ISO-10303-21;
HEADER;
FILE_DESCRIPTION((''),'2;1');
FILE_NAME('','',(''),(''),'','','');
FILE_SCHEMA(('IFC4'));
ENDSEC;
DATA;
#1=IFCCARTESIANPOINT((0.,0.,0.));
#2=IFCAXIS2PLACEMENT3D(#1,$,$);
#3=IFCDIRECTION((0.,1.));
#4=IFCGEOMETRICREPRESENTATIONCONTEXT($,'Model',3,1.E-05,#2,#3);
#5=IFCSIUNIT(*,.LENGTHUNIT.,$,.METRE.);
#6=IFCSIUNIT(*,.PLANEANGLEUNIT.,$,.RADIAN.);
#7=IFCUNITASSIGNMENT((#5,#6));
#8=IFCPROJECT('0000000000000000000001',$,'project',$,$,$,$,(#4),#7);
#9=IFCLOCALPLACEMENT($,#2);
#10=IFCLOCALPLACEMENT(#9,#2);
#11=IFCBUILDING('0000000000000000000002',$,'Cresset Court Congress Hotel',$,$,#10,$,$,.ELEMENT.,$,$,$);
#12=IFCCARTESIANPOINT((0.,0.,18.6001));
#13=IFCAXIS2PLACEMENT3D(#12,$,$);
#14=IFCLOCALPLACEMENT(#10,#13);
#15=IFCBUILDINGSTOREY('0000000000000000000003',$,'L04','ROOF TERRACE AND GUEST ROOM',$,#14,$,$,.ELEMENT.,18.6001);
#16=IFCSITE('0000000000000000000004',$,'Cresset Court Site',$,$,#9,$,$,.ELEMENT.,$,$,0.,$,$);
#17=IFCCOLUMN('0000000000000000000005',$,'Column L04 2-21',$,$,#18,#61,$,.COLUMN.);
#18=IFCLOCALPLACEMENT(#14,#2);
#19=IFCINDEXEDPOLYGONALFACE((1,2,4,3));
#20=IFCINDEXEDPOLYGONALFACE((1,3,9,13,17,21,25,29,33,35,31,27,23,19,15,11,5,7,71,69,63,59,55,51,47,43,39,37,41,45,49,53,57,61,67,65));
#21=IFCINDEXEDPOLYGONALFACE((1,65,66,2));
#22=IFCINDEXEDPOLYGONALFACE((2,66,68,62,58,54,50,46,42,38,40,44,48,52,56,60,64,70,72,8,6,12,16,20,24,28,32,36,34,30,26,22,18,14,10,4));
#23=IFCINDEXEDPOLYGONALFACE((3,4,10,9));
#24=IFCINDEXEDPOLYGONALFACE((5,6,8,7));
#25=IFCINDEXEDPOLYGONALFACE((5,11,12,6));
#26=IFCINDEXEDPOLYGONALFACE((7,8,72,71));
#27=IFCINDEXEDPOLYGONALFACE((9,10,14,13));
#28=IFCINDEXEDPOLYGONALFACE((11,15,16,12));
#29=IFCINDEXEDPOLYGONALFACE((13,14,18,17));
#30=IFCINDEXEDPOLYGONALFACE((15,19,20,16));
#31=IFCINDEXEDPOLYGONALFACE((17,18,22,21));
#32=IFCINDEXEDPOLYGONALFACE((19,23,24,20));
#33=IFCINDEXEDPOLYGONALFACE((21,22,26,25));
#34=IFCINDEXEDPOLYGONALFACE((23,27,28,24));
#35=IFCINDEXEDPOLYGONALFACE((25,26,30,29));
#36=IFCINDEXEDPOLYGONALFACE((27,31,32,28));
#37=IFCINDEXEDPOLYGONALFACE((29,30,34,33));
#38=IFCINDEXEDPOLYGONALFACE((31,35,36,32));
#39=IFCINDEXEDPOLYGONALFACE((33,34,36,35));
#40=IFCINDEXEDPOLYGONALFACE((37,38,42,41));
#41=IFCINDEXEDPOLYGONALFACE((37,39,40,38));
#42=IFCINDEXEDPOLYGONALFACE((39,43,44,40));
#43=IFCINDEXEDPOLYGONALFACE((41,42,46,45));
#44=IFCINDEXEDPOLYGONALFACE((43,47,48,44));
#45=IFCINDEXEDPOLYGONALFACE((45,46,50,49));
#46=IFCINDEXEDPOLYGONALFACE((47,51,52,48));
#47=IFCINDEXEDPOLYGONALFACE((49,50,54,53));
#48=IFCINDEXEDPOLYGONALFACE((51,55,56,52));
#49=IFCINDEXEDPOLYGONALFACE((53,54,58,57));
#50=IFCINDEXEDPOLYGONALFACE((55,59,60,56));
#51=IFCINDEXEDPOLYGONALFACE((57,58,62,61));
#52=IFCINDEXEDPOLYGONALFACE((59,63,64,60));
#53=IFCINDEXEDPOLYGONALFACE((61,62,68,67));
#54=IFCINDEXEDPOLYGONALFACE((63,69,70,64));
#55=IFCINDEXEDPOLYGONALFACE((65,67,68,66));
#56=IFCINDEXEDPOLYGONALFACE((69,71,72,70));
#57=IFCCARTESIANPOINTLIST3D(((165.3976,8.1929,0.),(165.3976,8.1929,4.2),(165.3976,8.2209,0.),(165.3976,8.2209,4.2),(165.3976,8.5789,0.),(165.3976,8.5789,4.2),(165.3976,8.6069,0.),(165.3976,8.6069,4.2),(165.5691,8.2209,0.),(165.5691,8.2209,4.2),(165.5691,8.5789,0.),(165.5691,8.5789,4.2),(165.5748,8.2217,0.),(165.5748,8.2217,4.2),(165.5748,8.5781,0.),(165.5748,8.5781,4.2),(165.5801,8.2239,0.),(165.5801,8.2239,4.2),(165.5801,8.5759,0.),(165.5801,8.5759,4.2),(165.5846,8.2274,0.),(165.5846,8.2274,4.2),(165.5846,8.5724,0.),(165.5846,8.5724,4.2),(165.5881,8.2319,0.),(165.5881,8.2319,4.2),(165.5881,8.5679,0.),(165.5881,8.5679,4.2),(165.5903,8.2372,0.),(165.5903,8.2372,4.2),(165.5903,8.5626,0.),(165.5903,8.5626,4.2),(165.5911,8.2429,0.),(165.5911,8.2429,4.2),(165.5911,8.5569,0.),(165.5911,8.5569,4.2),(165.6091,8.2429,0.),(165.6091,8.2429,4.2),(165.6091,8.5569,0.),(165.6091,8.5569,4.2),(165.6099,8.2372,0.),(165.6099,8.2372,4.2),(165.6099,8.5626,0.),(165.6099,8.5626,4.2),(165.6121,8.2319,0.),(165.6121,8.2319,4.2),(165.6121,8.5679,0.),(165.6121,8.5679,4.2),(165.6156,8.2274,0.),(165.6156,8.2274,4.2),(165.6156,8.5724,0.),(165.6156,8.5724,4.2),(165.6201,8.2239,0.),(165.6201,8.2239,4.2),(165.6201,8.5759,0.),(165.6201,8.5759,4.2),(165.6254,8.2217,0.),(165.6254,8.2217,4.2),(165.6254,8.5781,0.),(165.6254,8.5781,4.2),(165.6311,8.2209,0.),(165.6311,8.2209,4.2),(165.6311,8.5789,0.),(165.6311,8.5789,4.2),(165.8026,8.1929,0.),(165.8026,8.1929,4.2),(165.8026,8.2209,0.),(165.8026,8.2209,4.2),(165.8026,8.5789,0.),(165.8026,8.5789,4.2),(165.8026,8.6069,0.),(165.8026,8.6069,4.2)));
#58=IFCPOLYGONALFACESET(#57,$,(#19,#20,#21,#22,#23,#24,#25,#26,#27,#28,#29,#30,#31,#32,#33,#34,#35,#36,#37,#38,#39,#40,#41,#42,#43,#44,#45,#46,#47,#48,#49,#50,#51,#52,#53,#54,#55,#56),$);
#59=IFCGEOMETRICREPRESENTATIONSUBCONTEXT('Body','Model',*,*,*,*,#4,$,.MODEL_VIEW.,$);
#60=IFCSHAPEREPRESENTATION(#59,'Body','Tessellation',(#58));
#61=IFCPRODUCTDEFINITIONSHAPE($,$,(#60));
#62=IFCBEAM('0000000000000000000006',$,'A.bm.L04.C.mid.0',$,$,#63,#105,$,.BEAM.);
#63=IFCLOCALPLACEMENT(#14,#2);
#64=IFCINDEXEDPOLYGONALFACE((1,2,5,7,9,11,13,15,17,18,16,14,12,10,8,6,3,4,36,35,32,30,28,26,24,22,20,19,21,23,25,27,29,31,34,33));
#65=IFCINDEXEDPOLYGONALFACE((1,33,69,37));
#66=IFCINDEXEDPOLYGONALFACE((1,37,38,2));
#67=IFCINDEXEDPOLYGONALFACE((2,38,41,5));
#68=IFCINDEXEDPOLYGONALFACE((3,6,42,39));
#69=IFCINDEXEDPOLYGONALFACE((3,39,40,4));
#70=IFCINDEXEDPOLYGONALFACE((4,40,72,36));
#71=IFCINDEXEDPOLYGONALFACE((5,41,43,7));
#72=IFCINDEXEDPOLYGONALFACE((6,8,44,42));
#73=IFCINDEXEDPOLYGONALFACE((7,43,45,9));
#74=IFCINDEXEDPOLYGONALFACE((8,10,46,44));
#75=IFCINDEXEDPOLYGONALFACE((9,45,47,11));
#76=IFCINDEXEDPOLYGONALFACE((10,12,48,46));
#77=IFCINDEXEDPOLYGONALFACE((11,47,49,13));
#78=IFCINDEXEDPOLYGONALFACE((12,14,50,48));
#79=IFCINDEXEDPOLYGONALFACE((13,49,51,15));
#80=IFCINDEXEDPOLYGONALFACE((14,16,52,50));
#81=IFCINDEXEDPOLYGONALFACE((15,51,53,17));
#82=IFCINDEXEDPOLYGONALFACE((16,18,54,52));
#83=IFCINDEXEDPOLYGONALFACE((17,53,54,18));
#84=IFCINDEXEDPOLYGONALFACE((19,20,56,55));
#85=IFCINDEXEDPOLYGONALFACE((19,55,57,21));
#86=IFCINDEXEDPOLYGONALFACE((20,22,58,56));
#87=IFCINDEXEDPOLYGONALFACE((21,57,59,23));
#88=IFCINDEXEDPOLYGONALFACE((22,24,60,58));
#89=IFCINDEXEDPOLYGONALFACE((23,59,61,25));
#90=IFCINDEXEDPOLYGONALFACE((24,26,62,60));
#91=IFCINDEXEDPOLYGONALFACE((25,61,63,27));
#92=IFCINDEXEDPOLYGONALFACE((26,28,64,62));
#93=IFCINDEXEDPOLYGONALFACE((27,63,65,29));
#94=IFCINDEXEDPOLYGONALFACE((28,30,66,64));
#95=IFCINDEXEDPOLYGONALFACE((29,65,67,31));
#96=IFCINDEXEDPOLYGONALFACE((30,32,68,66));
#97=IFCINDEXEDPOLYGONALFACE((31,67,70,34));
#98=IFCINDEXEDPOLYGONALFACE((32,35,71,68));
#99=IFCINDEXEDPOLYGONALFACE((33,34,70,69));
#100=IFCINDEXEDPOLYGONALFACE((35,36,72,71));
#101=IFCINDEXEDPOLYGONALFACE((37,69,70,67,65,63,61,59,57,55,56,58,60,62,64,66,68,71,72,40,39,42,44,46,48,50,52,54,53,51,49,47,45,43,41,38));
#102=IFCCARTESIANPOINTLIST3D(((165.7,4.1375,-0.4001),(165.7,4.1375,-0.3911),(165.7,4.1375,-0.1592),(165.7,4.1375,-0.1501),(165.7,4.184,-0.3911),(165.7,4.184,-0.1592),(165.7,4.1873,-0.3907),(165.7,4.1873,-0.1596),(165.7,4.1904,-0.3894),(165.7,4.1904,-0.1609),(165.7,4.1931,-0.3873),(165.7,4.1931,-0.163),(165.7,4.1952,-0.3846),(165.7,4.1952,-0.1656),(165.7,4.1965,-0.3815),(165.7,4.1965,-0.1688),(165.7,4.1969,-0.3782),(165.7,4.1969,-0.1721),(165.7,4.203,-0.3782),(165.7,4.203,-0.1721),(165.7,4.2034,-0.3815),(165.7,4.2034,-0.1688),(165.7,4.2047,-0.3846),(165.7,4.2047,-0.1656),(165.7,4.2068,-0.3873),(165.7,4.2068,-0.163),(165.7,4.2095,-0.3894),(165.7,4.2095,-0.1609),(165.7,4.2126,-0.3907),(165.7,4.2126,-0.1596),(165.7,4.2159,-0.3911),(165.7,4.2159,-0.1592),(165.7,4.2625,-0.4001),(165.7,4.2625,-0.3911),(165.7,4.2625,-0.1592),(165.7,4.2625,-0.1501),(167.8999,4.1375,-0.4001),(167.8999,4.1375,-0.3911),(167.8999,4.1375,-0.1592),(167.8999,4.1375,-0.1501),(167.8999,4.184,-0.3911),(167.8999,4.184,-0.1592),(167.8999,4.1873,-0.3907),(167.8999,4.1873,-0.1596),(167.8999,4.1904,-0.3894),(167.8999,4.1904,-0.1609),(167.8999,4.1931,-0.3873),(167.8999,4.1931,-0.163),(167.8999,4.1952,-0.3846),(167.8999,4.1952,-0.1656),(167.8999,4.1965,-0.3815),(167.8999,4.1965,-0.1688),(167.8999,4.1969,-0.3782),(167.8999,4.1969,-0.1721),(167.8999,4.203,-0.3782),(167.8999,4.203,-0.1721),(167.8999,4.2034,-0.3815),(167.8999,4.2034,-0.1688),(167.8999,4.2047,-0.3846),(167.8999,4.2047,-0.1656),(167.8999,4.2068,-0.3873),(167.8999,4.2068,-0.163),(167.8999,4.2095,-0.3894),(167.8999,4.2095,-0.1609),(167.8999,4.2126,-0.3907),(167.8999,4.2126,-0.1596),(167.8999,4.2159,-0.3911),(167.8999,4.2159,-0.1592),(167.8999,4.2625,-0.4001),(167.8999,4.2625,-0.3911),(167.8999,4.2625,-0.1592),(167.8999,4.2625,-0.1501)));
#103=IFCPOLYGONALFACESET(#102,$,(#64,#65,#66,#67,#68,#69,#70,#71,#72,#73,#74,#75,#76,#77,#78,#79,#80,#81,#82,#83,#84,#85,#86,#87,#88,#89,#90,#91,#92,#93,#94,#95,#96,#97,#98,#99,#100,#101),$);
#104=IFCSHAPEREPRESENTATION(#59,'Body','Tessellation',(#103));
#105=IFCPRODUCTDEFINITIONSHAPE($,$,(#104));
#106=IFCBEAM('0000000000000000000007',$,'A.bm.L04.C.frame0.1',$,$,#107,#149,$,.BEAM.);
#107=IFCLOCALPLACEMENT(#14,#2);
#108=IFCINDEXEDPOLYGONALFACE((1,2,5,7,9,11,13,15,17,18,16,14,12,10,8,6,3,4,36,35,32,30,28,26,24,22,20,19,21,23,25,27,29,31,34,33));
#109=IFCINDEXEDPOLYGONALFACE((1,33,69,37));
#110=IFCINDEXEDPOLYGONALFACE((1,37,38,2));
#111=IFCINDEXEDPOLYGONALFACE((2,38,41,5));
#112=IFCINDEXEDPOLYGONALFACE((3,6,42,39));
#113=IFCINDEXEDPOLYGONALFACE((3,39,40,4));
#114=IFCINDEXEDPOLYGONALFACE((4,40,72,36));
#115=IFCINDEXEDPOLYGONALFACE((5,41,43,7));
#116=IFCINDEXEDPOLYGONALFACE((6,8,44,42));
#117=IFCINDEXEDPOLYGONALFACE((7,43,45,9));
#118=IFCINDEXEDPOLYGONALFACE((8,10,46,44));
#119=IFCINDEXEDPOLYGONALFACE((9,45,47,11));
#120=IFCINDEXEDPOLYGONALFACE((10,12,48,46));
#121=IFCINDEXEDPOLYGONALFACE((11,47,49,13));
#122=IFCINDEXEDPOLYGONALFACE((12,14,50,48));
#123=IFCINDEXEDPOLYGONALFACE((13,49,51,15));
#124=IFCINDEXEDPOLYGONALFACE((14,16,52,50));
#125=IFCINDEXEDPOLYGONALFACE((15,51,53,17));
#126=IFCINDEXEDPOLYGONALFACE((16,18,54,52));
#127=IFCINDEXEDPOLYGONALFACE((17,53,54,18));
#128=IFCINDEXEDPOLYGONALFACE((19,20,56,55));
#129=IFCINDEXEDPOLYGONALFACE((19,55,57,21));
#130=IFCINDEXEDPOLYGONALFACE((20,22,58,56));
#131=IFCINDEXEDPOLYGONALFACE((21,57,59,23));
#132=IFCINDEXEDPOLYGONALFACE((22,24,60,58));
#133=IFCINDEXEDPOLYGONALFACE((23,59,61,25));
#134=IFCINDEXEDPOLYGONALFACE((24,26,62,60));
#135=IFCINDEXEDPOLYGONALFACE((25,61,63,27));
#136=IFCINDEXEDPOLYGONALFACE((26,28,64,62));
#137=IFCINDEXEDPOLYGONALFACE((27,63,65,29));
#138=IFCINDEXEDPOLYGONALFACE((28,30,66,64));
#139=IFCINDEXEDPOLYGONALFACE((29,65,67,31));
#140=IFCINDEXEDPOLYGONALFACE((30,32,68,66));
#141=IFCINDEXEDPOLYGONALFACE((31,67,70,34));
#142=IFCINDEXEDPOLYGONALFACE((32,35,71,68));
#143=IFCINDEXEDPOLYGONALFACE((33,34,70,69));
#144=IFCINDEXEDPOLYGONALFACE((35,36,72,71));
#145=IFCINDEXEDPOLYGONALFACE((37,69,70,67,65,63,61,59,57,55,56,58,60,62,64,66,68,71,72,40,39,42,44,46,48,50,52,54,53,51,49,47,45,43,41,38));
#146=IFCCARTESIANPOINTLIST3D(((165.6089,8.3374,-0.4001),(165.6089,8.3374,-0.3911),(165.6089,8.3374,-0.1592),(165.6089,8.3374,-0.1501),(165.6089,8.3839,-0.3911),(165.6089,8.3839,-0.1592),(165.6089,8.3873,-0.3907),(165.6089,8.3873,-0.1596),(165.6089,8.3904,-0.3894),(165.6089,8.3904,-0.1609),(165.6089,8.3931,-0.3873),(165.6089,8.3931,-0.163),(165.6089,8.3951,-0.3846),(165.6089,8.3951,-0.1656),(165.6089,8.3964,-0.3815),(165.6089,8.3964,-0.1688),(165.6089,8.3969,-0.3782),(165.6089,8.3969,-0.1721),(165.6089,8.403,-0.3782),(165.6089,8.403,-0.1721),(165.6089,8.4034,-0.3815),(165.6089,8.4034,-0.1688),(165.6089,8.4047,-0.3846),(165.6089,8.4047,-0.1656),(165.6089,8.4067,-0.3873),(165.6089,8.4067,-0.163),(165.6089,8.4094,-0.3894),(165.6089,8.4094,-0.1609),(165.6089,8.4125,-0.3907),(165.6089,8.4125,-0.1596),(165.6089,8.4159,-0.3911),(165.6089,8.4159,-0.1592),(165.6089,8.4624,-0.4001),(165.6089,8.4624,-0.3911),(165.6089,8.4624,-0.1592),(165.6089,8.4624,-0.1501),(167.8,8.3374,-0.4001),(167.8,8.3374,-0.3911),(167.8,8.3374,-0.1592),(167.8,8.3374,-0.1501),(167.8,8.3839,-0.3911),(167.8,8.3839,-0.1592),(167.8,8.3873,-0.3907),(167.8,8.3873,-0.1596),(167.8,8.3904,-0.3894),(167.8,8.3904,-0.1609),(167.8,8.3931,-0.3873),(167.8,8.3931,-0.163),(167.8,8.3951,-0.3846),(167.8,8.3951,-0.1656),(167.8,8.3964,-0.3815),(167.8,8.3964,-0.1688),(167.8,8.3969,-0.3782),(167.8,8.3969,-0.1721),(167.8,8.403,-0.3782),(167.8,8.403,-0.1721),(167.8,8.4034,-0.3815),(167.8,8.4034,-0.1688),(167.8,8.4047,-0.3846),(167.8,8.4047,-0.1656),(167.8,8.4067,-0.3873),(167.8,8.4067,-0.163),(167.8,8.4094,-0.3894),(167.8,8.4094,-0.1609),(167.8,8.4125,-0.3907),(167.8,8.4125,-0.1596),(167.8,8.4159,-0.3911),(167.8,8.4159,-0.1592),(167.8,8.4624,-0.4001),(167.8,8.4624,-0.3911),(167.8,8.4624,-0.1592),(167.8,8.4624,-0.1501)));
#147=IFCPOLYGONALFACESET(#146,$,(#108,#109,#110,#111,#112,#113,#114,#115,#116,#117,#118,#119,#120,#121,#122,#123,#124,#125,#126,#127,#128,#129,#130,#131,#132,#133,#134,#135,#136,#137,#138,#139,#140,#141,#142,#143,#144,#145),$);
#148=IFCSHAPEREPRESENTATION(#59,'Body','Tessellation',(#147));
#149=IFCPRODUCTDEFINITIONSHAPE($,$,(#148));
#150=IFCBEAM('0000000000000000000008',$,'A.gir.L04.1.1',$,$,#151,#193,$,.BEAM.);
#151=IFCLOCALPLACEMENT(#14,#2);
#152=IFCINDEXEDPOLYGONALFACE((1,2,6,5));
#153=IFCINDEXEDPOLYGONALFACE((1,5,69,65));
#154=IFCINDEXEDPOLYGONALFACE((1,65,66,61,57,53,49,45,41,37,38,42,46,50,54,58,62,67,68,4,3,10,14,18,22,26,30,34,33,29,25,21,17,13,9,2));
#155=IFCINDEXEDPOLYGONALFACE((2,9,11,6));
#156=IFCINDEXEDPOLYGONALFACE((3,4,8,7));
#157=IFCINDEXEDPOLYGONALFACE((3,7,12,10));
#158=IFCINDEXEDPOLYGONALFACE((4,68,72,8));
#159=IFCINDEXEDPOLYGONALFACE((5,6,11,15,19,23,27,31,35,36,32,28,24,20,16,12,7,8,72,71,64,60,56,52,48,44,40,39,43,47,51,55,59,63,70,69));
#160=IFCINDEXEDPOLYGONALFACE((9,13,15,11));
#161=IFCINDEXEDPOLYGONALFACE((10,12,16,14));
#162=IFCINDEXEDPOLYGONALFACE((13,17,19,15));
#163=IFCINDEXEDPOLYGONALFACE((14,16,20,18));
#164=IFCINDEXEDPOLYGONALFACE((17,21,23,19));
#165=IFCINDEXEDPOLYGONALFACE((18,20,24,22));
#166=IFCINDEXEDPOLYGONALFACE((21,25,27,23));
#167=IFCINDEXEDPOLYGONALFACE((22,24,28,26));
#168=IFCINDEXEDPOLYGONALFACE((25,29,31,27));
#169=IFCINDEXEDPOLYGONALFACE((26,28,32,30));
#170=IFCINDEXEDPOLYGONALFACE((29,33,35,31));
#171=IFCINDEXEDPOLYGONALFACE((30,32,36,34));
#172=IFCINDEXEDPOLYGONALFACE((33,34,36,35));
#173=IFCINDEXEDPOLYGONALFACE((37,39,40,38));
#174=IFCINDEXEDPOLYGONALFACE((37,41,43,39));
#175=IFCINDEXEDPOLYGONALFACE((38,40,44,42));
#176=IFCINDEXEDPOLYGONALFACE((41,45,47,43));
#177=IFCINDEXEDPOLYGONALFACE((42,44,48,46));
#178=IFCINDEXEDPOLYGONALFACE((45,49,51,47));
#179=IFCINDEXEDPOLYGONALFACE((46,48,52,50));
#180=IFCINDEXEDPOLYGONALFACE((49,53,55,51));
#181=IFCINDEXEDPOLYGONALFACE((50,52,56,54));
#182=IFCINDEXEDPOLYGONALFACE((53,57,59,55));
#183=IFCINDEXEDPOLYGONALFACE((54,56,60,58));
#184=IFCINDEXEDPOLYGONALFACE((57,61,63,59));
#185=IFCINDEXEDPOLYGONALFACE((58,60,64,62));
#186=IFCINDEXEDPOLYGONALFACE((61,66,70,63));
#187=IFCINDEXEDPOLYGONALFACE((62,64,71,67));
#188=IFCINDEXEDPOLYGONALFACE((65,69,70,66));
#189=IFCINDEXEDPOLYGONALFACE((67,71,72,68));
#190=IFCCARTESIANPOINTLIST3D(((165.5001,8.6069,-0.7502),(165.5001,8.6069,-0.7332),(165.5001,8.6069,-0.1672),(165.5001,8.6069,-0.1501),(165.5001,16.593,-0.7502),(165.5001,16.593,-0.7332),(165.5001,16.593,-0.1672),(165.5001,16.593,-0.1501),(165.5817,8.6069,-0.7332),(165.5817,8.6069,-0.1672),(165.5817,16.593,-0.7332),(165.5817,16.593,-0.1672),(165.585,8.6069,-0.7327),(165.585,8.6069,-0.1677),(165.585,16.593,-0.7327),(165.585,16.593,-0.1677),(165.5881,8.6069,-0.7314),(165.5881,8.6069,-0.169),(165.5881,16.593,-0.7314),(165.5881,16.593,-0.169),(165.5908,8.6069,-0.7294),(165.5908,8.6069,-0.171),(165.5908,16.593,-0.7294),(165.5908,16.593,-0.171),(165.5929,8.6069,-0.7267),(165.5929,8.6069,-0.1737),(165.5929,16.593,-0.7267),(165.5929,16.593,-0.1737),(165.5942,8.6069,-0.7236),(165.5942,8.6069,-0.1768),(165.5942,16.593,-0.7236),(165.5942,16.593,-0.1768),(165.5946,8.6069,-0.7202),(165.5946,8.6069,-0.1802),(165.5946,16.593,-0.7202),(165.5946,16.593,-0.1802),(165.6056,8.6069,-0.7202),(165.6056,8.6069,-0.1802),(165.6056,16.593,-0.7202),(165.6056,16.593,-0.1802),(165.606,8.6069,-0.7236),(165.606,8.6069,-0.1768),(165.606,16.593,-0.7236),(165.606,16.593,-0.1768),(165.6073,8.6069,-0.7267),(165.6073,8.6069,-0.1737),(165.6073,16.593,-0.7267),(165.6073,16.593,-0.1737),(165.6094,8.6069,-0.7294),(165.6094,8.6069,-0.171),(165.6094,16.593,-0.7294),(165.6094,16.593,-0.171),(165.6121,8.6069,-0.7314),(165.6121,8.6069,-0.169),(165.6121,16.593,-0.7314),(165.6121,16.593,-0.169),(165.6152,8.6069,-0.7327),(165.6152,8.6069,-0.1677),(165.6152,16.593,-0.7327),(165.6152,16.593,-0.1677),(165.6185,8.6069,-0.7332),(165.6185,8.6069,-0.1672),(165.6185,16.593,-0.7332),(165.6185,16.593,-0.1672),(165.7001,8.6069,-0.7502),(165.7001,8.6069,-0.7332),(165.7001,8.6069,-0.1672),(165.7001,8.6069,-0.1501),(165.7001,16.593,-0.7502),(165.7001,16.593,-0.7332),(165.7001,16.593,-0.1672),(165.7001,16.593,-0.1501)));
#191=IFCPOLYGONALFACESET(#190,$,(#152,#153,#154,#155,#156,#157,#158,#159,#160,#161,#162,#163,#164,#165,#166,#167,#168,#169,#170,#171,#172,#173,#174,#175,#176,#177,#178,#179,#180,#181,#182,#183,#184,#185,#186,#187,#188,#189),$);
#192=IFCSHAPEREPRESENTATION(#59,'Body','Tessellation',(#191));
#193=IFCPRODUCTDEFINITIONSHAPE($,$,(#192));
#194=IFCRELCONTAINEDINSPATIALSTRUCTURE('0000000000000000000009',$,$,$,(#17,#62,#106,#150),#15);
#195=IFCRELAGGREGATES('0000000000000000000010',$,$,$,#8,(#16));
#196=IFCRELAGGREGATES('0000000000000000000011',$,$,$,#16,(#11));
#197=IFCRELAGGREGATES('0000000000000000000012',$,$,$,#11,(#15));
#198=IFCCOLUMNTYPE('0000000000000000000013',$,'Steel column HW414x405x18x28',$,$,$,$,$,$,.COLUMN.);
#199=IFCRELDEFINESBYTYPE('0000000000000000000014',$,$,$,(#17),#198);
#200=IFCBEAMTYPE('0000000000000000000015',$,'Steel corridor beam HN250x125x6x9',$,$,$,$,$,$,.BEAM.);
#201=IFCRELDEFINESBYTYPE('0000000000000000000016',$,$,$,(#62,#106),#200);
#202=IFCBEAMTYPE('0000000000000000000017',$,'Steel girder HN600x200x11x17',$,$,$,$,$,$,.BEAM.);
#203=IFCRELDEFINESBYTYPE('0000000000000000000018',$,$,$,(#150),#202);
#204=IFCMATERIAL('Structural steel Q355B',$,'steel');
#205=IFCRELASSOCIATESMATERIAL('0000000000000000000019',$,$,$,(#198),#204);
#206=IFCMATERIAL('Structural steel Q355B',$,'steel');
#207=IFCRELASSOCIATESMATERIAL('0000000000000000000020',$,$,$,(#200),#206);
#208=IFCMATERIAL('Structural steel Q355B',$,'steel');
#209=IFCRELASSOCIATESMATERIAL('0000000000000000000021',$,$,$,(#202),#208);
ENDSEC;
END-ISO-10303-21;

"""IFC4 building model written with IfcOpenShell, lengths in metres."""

from ifc_helpers import new_model, si_unit, direction, frame, origin, origin_2d, place, context, subcontext, project, spatial, i_section, extrude, material, material_profile, profile_set, type_object, element, save


model = new_model("IFC4")

# Units and contexts
model_context = context("Model", 3, precision=1e-05, world=origin(), true_north=direction((0.0, 1.0)))
body_context = subcontext(model_context, "Body", "Model", "MODEL_VIEW")
ifc_project = project(units=[si_unit("LENGTHUNIT", "METRE"), si_unit("PLANEANGLEUNIT", "RADIAN")], contexts=[model_context])

# Site, building, storey
site_placement = place(None, origin())
site = spatial("IfcSite", under=ifc_project, at=site_placement, Name="Cresset Court Site", CompositionType="ELEMENT", RefElevation=0.0)
building_placement = place(site_placement, origin())
building = spatial("IfcBuilding", under=site, at=building_placement, Name="Cresset Court Congress Hotel", CompositionType="ELEMENT")
storey_placement = place(building_placement, frame((0.0, 0.0, 18.6001)))
storey = spatial("IfcBuildingStorey", under=building, at=storey_placement, Name="L04", Description="ROOF TERRACE AND GUEST ROOM", CompositionType="ELEMENT", Elevation=18.6001)

# Column
ifc_material_1 = material(Name="Structural steel Q355B", Category="steel")
ifc_material_profile_1 = material_profile(ifc_material_1, i_section(OverallWidth=0.405, OverallDepth=0.4141, WebThickness=0.0181, FlangeThickness=0.0281, FilletRadius=0.022, at=origin_2d()), Name="HW414x405x18x28")
ifc_profile_set_1 = profile_set([ifc_material_profile_1], Name="Structural steel Q355B")
column_type = type_object("IfcColumnType", Name="Steel column HW414x405x18x28", PredefinedType="COLUMN", material=ifc_profile_set_1)
column_placement = place(storey_placement, frame((165.6001, 8.3999, 0.0), z_axis=(0.0, 0.0, 1.0), x_axis=(1.0, 0.0, 0.0)))
element("IfcColumn", 1, at=column_placement, inside=storey, type_object=column_type, Name="Column L04 2-21", PredefinedType="COLUMN", context=body_context, shape_type="SweptSolid", body=[
    extrude(i_section(OverallWidth=0.405, OverallDepth=0.4141, WebThickness=0.0181, FlangeThickness=0.0281, FilletRadius=0.022, at=origin_2d()), origin(), (0.0, 0.0, 1.0), 4.2),
])

# Beams
ifc_material_2 = material(Name="Structural steel Q355B", Category="steel")
ifc_material_profile_2 = material_profile(ifc_material_2, i_section(OverallWidth=0.125, OverallDepth=0.25, WebThickness=0.0061, FlangeThickness=0.009, FilletRadius=0.0129, at=origin_2d()), Name="HN250x125x6x9")
ifc_profile_set_2 = profile_set([ifc_material_profile_2], Name="Structural steel Q355B")
beam_type_1 = type_object("IfcBeamType", Name="Steel corridor beam HN250x125x6x9", PredefinedType="BEAM", material=ifc_profile_set_2)
beam_1_placement = place(storey_placement, frame((165.7, 4.2, -0.2751), z_axis=(1.0, 0.0, 0.0), x_axis=(0.0, 1.0, 0.0)))
element("IfcBeam", 2, at=beam_1_placement, inside=storey, type_object=beam_type_1, Name="A.bm.L04.C.mid.0", PredefinedType="BEAM", context=body_context, shape_type="SweptSolid", body=[
    extrude(i_section(OverallWidth=0.125, OverallDepth=0.25, WebThickness=0.0061, FlangeThickness=0.009, FilletRadius=0.0129, at=origin_2d()), origin(), (0.0, 0.0, 1.0), 2.2),
])
beam_2_placement = place(storey_placement, frame((165.6089, 8.3999, -0.2751), z_axis=(1.0, 0.0, 0.0), x_axis=(0.0, 1.0, 0.0)))
element("IfcBeam", 3, at=beam_2_placement, inside=storey, type_object=beam_type_1, Name="A.bm.L04.C.frame0.1", PredefinedType="BEAM", context=body_context, shape_type="SweptSolid", body=[
    extrude(i_section(OverallWidth=0.125, OverallDepth=0.25, WebThickness=0.0061, FlangeThickness=0.009, FilletRadius=0.0129, at=origin_2d()), origin(), (0.0, 0.0, 1.0), 2.1912),
])
ifc_material_3 = material(Name="Structural steel Q355B", Category="steel")
ifc_material_profile_3 = material_profile(ifc_material_3, i_section(OverallWidth=0.2, OverallDepth=0.6001, WebThickness=0.011, FlangeThickness=0.0171, FilletRadius=0.0129, at=origin_2d()), Name="HN600x200x11x17")
ifc_profile_set_3 = profile_set([ifc_material_profile_3], Name="Structural steel Q355B")
beam_type_2 = type_object("IfcBeamType", Name="Steel girder HN600x200x11x17", PredefinedType="BEAM", material=ifc_profile_set_3)
beam_3_placement = place(storey_placement, frame((165.6001, 8.6069, -0.4502), z_axis=(0.0, 1.0, 0.0), x_axis=(-1.0, 0.0, 0.0)))
element("IfcBeam", 4, at=beam_3_placement, inside=storey, type_object=beam_type_2, Name="A.gir.L04.1.1", PredefinedType="BEAM", context=body_context, shape_type="SweptSolid", body=[
    extrude(i_section(OverallWidth=0.2, OverallDepth=0.6001, WebThickness=0.011, FlangeThickness=0.0171, FilletRadius=0.0129, at=origin_2d()), origin(), (0.0, 0.0, 1.0), 7.9861),
])

save(model, "model.ifc")
